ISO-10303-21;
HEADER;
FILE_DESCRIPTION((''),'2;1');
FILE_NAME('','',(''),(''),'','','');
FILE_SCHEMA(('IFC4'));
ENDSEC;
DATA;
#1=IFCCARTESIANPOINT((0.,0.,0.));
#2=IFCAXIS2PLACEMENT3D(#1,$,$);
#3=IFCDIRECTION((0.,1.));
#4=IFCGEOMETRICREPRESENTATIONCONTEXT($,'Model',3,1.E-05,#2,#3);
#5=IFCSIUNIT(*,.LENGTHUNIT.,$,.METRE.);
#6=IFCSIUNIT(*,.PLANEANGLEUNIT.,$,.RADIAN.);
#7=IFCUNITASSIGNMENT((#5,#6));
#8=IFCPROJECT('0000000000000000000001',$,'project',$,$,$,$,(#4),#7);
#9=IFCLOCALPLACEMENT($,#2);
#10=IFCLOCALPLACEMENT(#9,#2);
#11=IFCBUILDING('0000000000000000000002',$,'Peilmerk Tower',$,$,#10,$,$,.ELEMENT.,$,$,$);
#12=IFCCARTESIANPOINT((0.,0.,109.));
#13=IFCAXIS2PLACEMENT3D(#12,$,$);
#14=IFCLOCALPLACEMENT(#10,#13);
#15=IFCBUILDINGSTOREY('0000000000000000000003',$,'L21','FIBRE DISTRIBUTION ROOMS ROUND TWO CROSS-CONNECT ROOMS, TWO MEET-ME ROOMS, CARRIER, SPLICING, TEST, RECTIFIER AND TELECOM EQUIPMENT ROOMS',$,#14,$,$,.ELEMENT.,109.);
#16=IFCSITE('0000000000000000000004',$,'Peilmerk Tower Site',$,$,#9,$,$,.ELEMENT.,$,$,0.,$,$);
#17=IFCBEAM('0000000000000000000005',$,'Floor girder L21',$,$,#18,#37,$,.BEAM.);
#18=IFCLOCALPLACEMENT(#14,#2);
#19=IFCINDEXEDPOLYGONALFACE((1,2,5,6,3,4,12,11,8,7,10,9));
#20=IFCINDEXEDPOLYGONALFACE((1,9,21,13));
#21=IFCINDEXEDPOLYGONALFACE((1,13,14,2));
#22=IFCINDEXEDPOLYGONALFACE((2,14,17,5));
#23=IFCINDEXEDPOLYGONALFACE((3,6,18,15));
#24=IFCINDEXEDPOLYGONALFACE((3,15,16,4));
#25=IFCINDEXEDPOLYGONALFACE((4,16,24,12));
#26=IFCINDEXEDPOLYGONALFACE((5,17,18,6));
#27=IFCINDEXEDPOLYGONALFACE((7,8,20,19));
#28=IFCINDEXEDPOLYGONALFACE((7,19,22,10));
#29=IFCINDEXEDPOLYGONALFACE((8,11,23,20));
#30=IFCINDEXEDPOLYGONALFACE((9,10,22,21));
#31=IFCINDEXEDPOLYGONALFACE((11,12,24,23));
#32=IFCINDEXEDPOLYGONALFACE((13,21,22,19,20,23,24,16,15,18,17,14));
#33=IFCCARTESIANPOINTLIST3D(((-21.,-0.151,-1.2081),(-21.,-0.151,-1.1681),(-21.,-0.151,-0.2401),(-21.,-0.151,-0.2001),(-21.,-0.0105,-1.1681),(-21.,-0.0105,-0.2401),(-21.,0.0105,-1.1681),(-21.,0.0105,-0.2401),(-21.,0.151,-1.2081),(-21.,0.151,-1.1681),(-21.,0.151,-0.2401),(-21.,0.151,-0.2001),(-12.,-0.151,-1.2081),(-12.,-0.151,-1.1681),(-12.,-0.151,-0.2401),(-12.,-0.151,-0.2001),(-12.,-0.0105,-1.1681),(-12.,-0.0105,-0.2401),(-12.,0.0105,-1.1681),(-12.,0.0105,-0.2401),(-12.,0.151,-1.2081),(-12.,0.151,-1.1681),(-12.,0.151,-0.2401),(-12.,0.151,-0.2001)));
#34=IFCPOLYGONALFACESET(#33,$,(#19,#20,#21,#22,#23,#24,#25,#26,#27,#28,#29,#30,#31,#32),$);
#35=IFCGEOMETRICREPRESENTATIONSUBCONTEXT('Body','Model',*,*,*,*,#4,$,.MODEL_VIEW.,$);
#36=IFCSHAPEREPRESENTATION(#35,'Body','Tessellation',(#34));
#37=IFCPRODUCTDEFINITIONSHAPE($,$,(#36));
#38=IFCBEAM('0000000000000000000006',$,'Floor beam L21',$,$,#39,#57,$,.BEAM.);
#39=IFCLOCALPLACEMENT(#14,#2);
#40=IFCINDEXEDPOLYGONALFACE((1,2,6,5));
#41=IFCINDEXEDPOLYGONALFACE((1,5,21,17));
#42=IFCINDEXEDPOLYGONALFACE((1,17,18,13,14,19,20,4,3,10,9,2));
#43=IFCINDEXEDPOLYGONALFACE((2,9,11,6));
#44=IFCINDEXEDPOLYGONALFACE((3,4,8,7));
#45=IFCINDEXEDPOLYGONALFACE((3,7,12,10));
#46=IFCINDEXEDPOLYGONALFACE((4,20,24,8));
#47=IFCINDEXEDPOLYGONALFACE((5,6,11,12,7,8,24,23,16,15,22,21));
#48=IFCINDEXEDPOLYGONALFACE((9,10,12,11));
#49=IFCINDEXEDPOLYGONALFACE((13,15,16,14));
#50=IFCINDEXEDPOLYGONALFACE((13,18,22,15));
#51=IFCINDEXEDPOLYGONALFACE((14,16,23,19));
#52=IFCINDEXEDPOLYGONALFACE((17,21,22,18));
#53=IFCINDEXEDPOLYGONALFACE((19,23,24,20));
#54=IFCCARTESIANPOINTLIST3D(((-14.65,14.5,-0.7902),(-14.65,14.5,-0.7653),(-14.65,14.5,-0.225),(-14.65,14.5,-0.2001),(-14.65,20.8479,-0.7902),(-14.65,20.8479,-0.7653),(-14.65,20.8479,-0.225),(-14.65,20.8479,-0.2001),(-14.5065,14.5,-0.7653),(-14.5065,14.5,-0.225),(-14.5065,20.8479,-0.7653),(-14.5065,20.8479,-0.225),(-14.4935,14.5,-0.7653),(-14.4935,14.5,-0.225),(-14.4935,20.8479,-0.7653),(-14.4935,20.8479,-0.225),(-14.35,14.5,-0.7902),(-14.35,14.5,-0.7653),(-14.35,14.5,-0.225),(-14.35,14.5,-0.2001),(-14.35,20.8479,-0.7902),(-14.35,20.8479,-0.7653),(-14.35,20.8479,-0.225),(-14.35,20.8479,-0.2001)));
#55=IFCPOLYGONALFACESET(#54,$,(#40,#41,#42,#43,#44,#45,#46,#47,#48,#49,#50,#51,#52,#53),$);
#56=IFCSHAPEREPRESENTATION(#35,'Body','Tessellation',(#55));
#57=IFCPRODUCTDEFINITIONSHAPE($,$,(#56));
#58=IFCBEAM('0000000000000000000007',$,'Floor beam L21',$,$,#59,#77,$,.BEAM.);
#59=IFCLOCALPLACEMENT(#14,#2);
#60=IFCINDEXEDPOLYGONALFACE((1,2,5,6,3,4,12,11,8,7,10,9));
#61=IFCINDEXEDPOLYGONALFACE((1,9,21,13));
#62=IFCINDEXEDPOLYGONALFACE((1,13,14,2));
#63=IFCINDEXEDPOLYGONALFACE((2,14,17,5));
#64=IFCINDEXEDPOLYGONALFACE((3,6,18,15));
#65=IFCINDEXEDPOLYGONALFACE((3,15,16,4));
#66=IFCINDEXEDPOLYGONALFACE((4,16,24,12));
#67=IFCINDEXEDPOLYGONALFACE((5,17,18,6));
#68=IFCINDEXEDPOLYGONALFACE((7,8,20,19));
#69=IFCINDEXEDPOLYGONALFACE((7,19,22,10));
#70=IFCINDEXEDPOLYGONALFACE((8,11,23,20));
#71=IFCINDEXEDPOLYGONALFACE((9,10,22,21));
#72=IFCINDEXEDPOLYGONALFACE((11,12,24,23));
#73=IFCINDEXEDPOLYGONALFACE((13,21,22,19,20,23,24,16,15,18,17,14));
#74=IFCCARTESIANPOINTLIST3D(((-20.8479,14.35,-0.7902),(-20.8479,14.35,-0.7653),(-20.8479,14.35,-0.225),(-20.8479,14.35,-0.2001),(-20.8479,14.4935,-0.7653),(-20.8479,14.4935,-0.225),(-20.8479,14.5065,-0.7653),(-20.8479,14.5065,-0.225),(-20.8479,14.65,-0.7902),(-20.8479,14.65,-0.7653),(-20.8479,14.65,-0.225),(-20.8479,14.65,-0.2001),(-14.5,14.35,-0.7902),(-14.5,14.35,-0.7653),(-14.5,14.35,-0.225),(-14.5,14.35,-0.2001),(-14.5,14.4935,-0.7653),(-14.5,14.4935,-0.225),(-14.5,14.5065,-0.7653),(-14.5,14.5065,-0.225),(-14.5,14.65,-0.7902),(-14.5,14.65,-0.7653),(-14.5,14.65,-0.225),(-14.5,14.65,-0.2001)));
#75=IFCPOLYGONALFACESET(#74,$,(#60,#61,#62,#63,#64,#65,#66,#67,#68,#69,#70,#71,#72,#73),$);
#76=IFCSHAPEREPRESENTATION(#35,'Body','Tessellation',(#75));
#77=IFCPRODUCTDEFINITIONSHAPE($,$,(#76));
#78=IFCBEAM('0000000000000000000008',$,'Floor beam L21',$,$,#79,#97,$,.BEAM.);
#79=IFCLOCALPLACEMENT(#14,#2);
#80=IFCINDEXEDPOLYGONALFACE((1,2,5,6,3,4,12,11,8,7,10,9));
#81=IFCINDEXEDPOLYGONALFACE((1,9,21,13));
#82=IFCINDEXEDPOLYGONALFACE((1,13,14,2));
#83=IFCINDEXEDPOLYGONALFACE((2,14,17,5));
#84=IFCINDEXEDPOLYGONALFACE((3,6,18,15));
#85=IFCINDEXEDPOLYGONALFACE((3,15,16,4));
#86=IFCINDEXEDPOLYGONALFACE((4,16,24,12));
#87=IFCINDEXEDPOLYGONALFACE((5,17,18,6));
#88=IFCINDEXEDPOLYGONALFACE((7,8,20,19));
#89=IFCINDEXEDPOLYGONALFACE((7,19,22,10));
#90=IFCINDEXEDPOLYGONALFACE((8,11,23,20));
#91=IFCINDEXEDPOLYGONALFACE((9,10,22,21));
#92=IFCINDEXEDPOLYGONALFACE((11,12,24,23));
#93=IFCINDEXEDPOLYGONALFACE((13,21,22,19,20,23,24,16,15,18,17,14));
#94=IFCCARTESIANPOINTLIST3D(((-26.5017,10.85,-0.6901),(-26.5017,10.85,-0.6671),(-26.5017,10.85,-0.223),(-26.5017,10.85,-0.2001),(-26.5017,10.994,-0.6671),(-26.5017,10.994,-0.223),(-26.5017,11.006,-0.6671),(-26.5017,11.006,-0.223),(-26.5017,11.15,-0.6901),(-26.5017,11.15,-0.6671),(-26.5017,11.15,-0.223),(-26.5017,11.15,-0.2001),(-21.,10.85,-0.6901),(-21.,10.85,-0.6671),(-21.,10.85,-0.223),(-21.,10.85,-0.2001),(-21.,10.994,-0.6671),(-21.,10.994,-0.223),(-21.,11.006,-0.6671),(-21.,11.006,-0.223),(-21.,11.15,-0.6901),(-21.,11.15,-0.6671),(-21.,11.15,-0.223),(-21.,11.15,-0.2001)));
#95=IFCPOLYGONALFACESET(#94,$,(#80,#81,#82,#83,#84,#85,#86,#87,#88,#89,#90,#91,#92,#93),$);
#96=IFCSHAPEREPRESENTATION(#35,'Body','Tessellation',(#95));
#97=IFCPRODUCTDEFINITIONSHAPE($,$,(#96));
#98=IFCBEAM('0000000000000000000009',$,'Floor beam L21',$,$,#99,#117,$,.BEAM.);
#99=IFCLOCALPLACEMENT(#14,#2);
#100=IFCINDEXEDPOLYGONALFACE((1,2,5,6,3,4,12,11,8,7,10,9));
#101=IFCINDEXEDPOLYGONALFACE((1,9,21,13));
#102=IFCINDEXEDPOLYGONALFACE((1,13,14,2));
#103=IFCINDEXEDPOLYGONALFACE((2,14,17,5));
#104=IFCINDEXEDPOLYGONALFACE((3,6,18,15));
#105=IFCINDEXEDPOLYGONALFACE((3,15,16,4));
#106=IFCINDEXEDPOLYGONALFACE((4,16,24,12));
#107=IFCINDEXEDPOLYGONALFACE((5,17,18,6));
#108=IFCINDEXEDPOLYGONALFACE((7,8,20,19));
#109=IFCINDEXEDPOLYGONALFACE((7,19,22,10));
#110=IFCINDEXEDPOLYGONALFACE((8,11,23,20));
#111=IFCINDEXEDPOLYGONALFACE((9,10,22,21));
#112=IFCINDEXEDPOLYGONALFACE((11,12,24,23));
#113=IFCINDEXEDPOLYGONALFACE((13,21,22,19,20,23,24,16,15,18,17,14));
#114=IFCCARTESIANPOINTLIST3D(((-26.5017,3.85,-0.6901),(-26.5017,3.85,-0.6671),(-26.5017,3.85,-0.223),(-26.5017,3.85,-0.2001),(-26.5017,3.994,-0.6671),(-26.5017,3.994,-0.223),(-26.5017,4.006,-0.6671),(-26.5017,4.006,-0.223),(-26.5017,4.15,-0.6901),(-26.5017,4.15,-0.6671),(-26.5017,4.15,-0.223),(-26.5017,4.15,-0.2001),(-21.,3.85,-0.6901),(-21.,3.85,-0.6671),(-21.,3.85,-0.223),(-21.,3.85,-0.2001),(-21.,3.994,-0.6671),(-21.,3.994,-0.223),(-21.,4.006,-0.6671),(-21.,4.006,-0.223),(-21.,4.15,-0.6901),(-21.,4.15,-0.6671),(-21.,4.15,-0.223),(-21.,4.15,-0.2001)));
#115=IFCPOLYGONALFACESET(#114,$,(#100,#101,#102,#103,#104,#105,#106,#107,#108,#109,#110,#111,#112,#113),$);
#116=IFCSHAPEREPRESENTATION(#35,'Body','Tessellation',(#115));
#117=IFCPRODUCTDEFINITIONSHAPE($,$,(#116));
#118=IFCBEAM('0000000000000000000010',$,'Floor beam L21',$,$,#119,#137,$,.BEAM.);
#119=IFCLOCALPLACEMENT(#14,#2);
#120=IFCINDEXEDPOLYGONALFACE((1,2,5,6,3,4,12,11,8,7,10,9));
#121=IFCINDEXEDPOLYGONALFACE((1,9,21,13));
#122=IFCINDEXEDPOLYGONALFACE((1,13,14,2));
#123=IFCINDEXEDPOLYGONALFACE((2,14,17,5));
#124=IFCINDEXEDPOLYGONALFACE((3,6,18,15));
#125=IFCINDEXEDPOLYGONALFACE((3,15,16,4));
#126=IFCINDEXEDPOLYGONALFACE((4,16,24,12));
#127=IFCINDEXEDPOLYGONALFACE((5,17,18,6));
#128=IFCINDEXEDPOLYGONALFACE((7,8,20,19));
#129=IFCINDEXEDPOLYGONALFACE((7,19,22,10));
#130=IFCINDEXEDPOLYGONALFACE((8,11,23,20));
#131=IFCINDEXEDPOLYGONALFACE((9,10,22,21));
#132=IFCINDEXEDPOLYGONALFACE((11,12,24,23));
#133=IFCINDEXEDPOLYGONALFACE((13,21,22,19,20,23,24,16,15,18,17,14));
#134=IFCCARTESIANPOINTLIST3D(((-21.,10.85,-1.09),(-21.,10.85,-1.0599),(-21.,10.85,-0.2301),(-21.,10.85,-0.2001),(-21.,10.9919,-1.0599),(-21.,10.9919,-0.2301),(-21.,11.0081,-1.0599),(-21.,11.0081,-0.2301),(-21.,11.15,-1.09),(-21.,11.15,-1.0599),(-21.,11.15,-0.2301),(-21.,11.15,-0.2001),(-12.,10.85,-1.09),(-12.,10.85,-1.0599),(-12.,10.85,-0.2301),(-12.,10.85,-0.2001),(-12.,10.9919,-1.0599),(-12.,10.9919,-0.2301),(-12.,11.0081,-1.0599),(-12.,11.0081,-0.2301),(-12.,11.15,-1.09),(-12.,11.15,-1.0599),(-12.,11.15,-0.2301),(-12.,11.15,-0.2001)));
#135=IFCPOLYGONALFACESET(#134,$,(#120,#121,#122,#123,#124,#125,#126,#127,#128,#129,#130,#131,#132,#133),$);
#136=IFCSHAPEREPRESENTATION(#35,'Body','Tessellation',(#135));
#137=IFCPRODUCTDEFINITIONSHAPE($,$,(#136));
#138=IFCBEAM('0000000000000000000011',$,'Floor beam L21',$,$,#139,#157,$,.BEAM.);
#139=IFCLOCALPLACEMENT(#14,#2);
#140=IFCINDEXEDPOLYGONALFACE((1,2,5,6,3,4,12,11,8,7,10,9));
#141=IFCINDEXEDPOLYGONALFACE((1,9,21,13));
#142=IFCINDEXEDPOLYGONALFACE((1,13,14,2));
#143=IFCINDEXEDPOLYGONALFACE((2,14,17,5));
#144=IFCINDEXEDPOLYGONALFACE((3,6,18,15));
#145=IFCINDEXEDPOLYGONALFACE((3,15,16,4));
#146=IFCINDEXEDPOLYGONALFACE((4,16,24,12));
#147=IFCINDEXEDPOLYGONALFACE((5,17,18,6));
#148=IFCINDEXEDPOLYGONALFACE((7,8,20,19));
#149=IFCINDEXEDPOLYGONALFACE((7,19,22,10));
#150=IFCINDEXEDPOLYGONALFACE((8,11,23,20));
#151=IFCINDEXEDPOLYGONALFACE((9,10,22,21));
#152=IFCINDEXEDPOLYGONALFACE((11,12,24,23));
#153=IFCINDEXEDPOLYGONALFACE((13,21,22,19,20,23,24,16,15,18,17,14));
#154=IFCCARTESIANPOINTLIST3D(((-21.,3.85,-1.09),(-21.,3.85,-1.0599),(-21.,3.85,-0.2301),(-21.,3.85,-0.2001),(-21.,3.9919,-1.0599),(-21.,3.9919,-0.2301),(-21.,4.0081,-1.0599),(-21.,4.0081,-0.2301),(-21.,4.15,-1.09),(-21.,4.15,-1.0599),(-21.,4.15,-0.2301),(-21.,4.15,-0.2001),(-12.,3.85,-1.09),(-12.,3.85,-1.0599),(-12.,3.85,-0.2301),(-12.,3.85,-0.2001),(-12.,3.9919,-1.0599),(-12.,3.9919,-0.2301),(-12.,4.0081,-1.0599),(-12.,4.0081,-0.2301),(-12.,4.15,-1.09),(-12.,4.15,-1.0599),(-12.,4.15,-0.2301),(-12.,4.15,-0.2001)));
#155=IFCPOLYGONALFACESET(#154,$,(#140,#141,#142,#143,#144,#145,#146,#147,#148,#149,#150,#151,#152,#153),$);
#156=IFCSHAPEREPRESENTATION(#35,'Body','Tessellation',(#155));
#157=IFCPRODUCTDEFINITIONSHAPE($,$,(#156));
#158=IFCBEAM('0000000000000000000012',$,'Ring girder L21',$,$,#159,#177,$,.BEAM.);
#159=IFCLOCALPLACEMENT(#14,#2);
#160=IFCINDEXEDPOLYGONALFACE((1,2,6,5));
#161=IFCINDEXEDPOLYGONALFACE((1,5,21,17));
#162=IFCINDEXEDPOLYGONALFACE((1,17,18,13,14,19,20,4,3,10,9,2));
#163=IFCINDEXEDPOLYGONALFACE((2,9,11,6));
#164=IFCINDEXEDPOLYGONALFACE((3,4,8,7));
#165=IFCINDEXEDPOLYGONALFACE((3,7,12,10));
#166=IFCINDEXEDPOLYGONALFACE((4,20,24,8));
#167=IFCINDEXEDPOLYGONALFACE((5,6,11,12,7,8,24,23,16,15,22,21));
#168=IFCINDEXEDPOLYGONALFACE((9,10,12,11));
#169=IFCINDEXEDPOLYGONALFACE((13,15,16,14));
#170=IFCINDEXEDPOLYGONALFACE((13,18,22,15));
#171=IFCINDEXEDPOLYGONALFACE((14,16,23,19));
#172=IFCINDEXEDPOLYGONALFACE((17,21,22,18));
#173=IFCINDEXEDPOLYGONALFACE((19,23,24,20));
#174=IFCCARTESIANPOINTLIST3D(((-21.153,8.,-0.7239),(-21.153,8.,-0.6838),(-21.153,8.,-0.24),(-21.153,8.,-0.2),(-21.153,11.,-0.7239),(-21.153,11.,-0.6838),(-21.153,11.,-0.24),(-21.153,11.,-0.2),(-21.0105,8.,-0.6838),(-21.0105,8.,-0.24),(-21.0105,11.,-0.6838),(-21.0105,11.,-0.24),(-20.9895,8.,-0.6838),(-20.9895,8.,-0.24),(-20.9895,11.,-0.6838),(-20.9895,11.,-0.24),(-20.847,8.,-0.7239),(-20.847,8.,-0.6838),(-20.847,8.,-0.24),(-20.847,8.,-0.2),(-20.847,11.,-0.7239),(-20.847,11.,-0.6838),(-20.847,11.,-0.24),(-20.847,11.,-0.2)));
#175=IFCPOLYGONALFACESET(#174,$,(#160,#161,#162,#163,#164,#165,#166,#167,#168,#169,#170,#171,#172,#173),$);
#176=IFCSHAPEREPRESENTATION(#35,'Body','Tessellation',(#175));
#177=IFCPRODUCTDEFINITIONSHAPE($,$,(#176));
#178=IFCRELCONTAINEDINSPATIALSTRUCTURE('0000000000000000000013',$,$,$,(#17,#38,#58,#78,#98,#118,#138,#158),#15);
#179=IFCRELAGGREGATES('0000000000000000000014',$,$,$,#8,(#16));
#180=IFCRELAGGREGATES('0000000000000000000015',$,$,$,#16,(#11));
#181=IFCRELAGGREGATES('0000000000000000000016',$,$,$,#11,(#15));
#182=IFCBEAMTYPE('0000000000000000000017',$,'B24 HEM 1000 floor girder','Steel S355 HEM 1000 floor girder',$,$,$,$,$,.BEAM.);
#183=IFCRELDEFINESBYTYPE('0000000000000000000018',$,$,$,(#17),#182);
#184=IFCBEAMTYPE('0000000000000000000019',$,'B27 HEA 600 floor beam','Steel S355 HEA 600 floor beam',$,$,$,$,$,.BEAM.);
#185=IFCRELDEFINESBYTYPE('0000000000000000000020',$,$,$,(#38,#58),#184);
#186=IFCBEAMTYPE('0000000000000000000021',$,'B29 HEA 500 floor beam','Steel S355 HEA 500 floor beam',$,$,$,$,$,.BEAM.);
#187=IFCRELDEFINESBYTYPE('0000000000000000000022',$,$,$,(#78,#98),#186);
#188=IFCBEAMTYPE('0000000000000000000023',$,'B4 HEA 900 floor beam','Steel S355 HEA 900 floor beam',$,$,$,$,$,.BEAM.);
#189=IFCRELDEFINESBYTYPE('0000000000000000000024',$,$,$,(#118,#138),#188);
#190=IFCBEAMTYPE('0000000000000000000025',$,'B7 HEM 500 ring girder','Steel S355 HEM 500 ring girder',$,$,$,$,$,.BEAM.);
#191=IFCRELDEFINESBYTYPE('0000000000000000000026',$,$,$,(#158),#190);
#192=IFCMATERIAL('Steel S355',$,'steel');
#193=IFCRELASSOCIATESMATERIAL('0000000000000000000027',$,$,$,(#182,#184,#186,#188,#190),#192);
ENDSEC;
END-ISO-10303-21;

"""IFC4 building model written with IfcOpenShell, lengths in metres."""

from ifc_helpers import new_model, si_unit, direction, frame, origin, origin_2d, place, context, subcontext, project, spatial, i_section, extrude, material, material_profile, profile_set, type_object, element, save


model = new_model("IFC4")

# Units and contexts
model_context = context("Model", 3, precision=1e-05, world=origin(), true_north=direction((0.0, 1.0)))
body_context = subcontext(model_context, "Body", "Model", "MODEL_VIEW")
ifc_project = project(units=[si_unit("LENGTHUNIT", "METRE"), si_unit("PLANEANGLEUNIT", "RADIAN")], contexts=[model_context])

# Site, building, storey
site_placement = place(None, origin())
site = spatial("IfcSite", under=ifc_project, at=site_placement, Name="Peilmerk Tower Site", CompositionType="ELEMENT", RefElevation=0.0)
building_placement = place(site_placement, origin())
building = spatial("IfcBuilding", under=site, at=building_placement, Name="Peilmerk Tower", CompositionType="ELEMENT")
storey_placement = place(building_placement, frame((0.0, 0.0, 109.0)))
storey = spatial("IfcBuildingStorey", under=building, at=storey_placement, Name="L21", Description="FIBRE DISTRIBUTION ROOMS ROUND TWO CROSS-CONNECT ROOMS, TWO MEET-ME ROOMS, CARRIER, SPLICING, TEST, RECTIFIER AND TELECOM EQUIPMENT ROOMS", CompositionType="ELEMENT", Elevation=109.0)

# Beams
ifc_material_1 = material(Name="Steel S355", Category="steel")
ifc_material_profile_1 = material_profile(ifc_material_1, i_section(OverallWidth=0.302, OverallDepth=1.0081, WebThickness=0.021, FlangeThickness=0.04, at=origin_2d()), Name="HEM 1000")
ifc_profile_set_1 = profile_set([ifc_material_profile_1], Name="Steel S355")
beam_type_1 = type_object("IfcBeamType", Name="B24 HEM 1000 floor girder", Description="Steel S355 HEM 1000 floor girder", PredefinedType="BEAM", material=ifc_profile_set_1)
for number, where, z_axis, x_axis, name in (
    (1, (-12.0, 0.0, -0.7041), (-1.0, 0.0, 0.0), (0.0, -1.0, 0.0), "Floor girder L21"),
):
    element("IfcBeam", number, at=place(storey_placement, frame(where, z_axis=z_axis, x_axis=x_axis)), inside=storey, type_object=beam_type_1, Name=name, PredefinedType="BEAM", context=body_context, shape_type="SweptSolid", body=[
        extrude(i_section(OverallWidth=0.302, OverallDepth=1.0081, WebThickness=0.021, FlangeThickness=0.04, at=origin_2d()), origin(), (0.0, 0.0, 1.0), 9.0),
    ])
ifc_material_profile_2 = material_profile(ifc_material_1, i_section(OverallWidth=0.3, OverallDepth=0.5901, WebThickness=0.0129, FlangeThickness=0.0249, at=origin_2d()), Name="HEA 600")
ifc_profile_set_2 = profile_set([ifc_material_profile_2], Name="Steel S355")
beam_type_2 = type_object("IfcBeamType", Name="B27 HEA 600 floor beam", Description="Steel S355 HEA 600 floor beam", PredefinedType="BEAM", material=ifc_profile_set_2)
for number, where, z_axis, x_axis, name in (
    (2, (-14.5, 14.5, -0.4951), (0.0, 1.0, 0.0), (-1.0, 0.0, 0.0), "Floor beam L21"),
    (3, (-14.5, 14.5, -0.4951), (-1.0, 0.0, 0.0), (0.0, -1.0, 0.0), "Floor beam L21"),
):
    element("IfcBeam", number, at=place(storey_placement, frame(where, z_axis=z_axis, x_axis=x_axis)), inside=storey, type_object=beam_type_2, Name=name, PredefinedType="BEAM", context=body_context, shape_type="SweptSolid", body=[
        extrude(i_section(OverallWidth=0.3, OverallDepth=0.5901, WebThickness=0.0129, FlangeThickness=0.0249, at=origin_2d()), origin(), (0.0, 0.0, 1.0), 6.3479),
    ])
ifc_material_profile_3 = material_profile(ifc_material_1, i_section(OverallWidth=0.3, OverallDepth=0.49, WebThickness=0.012, FlangeThickness=0.0229, at=origin_2d()), Name="HEA 500")
ifc_profile_set_3 = profile_set([ifc_material_profile_3], Name="Steel S355")
beam_type_3 = type_object("IfcBeamType", Name="B29 HEA 500 floor beam", Description="Steel S355 HEA 500 floor beam", PredefinedType="BEAM", material=ifc_profile_set_3)
for number, where, z_axis, x_axis, name in (
    (4, (-21.0, 11.0, -0.4451), (-1.0, 0.0, 0.0), (0.0, -1.0, 0.0), "Floor beam L21"),
    (5, (-21.0, 4.0, -0.4451), (-1.0, 0.0, 0.0), (0.0, -1.0, 0.0), "Floor beam L21"),
):
    element("IfcBeam", number, at=place(storey_placement, frame(where, z_axis=z_axis, x_axis=x_axis)), inside=storey, type_object=beam_type_3, Name=name, PredefinedType="BEAM", context=body_context, shape_type="SweptSolid", body=[
        extrude(i_section(OverallWidth=0.3, OverallDepth=0.49, WebThickness=0.012, FlangeThickness=0.0229, at=origin_2d()), origin(), (0.0, 0.0, 1.0), 5.5017),
    ])
ifc_material_profile_4 = material_profile(ifc_material_1, i_section(OverallWidth=0.3, OverallDepth=0.8899, WebThickness=0.0161, FlangeThickness=0.03, at=origin_2d()), Name="HEA 900")
ifc_profile_set_4 = profile_set([ifc_material_profile_4], Name="Steel S355")
beam_type_4 = type_object("IfcBeamType", Name="B4 HEA 900 floor beam", Description="Steel S355 HEA 900 floor beam", PredefinedType="BEAM", material=ifc_profile_set_4)
for number, where, z_axis, x_axis, name in (
    (6, (-12.0, 11.0, -0.645), (-1.0, 0.0, 0.0), (0.0, -1.0, 0.0), "Floor beam L21"),
    (7, (-12.0, 4.0, -0.645), (-1.0, 0.0, 0.0), (0.0, -1.0, 0.0), "Floor beam L21"),
):
    element("IfcBeam", number, at=place(storey_placement, frame(where, z_axis=z_axis, x_axis=x_axis)), inside=storey, type_object=beam_type_4, Name=name, PredefinedType="BEAM", context=body_context, shape_type="SweptSolid", body=[
        extrude(i_section(OverallWidth=0.3, OverallDepth=0.8899, WebThickness=0.0161, FlangeThickness=0.03, at=origin_2d()), origin(), (0.0, 0.0, 1.0), 9.0),
    ])
ifc_material_profile_5 = material_profile(ifc_material_1, i_section(OverallWidth=0.3059, OverallDepth=0.5239, WebThickness=0.021, FlangeThickness=0.04, at=origin_2d()), Name="HEM 500")
ifc_profile_set_5 = profile_set([ifc_material_profile_5], Name="Steel S355")
beam_type_5 = type_object("IfcBeamType", Name="B7 HEM 500 ring girder", Description="Steel S355 HEM 500 ring girder", PredefinedType="BEAM", material=ifc_profile_set_5)
beam_1_placement = place(storey_placement, frame((-21.0, 11.0, -0.4619), z_axis=(0.0, -1.0, 0.0), x_axis=(1.0, 0.0, 0.0)))
element("IfcBeam", 8, at=beam_1_placement, inside=storey, type_object=beam_type_5, Name="Ring girder L21", PredefinedType="BEAM", context=body_context, shape_type="SweptSolid", body=[
    extrude(i_section(OverallWidth=0.3059, OverallDepth=0.5239, WebThickness=0.021, FlangeThickness=0.04, at=origin_2d()), origin(), (0.0, 0.0, 1.0), 3.0),
])

save(model, "model.ifc")
